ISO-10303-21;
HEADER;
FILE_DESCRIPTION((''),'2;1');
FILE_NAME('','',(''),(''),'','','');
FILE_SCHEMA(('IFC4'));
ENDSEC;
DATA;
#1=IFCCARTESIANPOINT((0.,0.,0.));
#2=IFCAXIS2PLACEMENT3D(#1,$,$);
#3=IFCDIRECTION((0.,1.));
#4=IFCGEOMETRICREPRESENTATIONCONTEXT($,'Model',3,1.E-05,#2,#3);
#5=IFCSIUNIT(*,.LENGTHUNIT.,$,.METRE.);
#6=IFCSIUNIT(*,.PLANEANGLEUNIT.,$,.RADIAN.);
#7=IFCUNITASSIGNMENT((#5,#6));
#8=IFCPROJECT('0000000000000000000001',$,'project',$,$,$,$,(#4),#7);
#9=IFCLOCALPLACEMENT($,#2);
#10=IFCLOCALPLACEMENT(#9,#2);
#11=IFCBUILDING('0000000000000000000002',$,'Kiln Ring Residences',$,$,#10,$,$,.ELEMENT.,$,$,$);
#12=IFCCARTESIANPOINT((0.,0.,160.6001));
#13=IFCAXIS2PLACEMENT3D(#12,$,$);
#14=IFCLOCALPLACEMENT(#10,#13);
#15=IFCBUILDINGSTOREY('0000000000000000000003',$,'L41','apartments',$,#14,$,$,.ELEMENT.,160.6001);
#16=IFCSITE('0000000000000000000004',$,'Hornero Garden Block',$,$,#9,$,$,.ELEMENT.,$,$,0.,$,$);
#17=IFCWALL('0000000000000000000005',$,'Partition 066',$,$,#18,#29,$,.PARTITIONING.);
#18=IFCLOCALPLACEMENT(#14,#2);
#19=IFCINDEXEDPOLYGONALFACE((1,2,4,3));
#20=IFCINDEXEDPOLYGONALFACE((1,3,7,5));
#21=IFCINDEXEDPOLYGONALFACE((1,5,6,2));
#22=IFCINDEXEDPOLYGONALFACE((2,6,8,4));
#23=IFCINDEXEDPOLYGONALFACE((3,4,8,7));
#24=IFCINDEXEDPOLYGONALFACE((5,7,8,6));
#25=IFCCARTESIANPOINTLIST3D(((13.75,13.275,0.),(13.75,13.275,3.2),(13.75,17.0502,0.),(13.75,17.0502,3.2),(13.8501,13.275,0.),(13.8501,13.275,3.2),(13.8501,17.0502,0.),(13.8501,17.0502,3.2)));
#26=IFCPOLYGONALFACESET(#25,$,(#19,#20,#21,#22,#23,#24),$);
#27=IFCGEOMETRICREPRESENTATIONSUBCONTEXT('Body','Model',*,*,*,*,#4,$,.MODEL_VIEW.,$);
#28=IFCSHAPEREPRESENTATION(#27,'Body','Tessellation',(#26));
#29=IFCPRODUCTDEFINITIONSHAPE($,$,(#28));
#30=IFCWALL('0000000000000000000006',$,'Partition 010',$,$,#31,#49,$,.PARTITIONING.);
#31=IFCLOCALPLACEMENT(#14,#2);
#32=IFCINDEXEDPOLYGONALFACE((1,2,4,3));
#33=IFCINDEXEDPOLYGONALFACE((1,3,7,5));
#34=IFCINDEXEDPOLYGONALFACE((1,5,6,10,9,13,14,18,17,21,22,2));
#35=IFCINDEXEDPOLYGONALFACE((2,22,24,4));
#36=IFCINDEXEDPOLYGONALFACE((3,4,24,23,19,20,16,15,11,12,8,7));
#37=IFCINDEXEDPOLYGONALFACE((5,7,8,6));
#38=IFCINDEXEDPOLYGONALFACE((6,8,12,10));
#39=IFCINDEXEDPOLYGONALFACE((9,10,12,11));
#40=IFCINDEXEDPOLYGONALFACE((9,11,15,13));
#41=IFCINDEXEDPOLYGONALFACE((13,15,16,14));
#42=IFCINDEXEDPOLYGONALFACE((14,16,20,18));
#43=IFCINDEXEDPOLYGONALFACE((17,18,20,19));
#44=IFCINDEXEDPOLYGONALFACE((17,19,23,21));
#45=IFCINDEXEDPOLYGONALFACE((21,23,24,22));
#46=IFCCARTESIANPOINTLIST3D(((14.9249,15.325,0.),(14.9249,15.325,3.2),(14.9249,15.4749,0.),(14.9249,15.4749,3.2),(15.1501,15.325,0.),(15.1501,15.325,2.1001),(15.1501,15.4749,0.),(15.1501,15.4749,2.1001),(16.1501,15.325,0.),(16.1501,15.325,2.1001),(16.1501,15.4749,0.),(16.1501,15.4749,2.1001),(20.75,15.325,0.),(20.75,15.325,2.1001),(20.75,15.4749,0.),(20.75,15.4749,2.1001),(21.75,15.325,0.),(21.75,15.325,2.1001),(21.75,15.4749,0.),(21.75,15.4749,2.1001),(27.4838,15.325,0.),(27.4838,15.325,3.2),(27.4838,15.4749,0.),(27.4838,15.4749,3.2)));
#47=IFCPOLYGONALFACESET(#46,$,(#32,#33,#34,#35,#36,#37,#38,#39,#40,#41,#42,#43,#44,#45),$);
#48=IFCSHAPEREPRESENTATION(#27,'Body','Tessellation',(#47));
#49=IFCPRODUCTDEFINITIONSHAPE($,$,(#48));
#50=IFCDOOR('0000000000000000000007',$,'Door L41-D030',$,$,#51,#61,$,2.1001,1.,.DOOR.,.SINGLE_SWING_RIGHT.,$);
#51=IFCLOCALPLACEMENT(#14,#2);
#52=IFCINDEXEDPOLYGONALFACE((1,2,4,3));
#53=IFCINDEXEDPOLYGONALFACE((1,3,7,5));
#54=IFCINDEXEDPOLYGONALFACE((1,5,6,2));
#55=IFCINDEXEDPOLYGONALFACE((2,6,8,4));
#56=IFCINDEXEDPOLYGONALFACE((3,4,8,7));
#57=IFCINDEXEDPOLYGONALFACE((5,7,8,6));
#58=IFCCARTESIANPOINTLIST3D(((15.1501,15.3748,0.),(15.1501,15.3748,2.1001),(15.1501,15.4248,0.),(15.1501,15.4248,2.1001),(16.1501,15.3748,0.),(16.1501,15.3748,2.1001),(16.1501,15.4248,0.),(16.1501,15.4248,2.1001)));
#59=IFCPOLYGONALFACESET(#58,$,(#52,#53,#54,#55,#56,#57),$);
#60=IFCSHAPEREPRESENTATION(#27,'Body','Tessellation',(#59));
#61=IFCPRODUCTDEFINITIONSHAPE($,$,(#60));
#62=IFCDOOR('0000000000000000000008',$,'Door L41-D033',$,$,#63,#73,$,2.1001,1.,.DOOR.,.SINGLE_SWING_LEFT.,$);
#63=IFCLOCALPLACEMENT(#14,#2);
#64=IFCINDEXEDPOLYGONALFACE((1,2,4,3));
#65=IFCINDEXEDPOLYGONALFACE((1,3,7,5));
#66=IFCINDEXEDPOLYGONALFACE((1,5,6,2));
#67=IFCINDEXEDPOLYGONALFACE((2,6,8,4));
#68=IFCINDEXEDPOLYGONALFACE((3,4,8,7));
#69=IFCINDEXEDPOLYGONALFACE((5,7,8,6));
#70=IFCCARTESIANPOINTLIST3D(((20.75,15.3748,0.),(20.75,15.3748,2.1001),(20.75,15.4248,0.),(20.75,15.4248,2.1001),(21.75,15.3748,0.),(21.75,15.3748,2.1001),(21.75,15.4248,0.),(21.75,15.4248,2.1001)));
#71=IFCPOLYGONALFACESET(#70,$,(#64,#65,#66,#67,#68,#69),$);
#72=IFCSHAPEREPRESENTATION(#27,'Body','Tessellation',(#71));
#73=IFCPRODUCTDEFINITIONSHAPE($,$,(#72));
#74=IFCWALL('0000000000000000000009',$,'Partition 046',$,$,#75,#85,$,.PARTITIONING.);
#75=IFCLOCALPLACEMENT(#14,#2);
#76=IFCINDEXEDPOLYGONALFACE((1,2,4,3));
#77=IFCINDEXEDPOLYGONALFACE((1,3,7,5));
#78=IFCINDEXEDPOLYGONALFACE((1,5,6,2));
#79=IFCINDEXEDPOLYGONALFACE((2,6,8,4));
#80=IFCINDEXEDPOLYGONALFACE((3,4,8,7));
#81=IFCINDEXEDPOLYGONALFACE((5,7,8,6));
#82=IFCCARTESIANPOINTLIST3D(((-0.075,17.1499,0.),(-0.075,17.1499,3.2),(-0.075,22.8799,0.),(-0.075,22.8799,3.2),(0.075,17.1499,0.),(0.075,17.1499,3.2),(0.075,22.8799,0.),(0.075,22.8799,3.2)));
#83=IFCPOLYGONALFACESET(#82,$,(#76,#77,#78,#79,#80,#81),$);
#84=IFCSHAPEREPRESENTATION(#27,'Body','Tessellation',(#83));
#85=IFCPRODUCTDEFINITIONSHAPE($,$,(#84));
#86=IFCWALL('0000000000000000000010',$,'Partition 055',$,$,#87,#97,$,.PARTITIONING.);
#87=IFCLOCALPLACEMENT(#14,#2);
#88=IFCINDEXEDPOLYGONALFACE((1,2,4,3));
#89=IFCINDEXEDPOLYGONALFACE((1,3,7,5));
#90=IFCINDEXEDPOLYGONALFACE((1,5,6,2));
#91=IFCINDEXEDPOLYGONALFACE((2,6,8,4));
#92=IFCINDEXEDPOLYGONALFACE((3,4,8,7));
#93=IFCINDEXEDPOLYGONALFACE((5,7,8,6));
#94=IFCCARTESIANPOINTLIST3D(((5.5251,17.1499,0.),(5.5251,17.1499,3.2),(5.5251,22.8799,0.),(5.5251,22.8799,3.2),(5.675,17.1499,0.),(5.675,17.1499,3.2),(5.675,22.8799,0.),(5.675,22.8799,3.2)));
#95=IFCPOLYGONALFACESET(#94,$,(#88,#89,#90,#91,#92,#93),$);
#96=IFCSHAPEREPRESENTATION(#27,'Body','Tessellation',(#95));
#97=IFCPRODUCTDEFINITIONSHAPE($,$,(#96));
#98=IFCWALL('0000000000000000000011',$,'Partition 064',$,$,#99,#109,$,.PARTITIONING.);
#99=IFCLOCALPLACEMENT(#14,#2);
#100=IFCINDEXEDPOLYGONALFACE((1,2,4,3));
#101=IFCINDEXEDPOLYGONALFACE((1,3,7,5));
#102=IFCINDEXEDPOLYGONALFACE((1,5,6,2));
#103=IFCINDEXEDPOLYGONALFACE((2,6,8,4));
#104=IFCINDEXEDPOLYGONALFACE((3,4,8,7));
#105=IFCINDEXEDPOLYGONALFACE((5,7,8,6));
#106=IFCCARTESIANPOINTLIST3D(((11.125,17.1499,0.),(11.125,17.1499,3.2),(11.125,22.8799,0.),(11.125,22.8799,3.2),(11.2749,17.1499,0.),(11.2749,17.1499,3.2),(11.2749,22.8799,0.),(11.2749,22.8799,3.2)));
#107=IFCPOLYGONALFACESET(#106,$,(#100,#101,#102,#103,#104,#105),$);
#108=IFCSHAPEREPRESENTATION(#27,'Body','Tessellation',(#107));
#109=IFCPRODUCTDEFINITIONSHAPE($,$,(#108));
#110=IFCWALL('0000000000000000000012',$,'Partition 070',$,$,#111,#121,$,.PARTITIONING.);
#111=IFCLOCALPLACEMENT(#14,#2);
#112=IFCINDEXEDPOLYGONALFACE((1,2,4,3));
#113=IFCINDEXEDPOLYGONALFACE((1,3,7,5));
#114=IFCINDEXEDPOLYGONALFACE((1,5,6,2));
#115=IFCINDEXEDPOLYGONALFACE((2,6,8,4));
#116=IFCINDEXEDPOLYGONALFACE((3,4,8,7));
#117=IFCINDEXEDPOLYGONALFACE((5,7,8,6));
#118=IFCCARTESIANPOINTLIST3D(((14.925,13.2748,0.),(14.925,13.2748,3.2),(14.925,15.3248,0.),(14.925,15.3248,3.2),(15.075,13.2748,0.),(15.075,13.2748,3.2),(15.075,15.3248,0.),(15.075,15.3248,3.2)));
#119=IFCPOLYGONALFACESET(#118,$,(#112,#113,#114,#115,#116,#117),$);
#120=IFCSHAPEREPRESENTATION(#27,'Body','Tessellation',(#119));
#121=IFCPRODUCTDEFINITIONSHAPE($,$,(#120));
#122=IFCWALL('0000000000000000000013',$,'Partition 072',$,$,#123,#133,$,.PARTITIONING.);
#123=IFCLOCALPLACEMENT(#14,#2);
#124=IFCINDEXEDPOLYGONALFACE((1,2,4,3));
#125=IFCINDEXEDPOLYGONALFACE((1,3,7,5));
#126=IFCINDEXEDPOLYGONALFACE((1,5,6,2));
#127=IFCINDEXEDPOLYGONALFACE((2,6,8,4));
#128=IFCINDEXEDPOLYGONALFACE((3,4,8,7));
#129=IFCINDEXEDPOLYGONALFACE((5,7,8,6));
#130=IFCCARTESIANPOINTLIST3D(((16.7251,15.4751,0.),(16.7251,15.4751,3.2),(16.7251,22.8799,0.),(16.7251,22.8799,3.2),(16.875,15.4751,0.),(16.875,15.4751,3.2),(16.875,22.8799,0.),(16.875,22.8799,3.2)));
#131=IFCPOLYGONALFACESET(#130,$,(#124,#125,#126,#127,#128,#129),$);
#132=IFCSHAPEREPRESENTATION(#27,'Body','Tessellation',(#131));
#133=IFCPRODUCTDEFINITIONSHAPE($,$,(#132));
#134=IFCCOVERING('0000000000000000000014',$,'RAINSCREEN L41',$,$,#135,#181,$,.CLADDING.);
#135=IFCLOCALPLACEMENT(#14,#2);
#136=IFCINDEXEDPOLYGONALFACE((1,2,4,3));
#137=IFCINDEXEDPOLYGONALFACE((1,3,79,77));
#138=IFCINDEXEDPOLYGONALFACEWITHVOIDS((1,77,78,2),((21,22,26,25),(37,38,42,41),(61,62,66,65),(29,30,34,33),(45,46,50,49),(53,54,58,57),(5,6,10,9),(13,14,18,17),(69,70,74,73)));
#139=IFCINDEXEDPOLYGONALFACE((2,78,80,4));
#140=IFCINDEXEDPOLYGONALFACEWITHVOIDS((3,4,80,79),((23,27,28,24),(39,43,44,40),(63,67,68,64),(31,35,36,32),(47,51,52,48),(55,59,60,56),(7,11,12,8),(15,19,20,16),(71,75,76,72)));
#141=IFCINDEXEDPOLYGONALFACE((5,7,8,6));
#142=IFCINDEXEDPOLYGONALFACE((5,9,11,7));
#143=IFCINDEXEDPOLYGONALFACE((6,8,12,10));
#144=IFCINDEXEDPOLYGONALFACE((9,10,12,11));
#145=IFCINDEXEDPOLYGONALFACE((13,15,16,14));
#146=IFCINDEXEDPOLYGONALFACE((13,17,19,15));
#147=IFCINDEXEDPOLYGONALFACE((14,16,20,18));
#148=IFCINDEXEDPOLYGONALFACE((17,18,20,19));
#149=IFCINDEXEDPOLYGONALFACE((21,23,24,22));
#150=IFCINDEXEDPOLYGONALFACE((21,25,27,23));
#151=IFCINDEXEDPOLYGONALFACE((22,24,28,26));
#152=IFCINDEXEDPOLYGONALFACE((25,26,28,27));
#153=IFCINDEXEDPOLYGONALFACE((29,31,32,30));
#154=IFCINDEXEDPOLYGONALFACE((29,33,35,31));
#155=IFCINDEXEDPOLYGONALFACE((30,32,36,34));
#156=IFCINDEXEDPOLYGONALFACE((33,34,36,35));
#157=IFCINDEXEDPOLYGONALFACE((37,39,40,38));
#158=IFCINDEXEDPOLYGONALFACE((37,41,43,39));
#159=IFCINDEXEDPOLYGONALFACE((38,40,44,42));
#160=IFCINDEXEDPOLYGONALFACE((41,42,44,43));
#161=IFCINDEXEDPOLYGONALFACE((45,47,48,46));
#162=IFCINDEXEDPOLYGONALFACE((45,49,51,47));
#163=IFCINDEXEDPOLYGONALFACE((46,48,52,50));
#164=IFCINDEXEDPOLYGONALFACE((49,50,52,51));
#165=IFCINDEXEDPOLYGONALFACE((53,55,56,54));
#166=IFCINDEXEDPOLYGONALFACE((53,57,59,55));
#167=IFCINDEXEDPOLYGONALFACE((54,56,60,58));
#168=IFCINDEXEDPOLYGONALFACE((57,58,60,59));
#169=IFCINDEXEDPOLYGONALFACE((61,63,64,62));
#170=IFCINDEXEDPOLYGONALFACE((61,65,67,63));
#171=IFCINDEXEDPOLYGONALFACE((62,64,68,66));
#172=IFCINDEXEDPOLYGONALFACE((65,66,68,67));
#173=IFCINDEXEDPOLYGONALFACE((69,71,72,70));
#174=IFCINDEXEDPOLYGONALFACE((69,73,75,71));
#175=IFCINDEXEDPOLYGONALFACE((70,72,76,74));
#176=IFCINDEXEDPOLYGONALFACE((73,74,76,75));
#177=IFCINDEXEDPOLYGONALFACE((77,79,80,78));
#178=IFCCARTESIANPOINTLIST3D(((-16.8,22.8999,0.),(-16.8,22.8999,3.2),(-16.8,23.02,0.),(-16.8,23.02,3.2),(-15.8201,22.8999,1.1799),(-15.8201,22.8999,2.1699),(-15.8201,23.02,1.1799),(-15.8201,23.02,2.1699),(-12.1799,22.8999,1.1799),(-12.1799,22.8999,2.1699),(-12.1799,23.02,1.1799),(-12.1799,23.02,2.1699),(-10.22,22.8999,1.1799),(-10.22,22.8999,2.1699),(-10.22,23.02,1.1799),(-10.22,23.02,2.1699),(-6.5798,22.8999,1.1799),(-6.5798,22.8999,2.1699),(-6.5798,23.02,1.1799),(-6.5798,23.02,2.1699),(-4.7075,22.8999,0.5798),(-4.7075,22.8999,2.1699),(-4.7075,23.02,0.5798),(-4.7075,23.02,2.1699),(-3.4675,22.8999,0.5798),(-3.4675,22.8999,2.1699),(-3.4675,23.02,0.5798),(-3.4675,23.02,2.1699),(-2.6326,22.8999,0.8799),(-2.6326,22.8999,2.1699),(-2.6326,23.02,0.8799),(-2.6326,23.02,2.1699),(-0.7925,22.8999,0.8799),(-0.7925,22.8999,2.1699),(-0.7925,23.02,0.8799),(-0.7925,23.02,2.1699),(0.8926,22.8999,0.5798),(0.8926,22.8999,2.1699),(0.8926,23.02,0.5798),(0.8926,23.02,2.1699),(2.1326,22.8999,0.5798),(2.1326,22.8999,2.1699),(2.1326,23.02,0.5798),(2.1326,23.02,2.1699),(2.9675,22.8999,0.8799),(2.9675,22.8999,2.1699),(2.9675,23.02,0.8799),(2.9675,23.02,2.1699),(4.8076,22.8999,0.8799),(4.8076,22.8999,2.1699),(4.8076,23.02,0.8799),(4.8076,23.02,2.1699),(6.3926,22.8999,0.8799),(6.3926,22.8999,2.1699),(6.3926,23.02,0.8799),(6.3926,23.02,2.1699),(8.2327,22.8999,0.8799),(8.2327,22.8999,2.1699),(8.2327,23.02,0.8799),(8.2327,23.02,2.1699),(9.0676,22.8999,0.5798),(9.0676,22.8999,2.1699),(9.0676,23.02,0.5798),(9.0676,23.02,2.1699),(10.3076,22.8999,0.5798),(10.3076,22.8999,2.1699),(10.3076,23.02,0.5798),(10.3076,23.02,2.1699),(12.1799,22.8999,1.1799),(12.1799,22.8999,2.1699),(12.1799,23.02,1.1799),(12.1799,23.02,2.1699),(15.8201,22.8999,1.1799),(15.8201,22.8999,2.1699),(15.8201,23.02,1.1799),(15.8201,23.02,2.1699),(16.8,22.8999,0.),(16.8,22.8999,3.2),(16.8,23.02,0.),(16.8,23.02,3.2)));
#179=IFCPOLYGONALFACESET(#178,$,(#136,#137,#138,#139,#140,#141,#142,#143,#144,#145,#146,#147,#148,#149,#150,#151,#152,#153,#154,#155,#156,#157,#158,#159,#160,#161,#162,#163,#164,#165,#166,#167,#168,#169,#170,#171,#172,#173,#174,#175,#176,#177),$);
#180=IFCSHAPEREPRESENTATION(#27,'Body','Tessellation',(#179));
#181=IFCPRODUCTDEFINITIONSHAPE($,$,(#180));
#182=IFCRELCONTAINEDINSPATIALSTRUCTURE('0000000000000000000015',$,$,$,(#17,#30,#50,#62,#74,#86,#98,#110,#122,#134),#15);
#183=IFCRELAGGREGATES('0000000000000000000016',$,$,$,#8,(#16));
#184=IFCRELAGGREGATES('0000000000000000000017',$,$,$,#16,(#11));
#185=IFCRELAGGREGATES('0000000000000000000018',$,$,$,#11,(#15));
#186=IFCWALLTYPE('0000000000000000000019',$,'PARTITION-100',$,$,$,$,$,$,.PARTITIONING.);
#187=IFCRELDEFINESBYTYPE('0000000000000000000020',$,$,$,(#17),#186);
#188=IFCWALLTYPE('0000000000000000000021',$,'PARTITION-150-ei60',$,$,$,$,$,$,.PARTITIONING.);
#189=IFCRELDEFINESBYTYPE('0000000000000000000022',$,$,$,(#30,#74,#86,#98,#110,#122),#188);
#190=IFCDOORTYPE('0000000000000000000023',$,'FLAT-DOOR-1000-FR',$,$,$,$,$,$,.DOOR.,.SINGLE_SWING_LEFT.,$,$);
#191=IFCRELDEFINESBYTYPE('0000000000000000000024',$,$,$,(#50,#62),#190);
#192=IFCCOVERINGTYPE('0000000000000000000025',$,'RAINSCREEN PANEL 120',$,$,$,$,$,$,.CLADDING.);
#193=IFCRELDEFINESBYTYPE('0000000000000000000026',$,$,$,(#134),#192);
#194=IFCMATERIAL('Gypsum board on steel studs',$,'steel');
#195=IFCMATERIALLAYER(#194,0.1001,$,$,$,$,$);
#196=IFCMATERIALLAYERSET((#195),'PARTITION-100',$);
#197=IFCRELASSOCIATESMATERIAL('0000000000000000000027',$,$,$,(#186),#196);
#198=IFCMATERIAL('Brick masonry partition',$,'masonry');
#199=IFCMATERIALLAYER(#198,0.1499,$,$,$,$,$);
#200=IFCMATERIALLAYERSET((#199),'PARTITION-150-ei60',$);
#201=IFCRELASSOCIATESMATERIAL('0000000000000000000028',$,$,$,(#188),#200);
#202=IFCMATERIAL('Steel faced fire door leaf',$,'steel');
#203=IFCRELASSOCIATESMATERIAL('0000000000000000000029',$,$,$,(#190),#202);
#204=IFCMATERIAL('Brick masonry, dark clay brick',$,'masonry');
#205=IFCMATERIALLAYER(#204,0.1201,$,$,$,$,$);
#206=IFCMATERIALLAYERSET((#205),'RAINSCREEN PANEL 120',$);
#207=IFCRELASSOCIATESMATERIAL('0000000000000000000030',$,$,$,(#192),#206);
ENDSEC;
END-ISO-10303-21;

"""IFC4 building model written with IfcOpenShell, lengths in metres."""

from ifc_helpers import new_model, si_unit, direction, frame, frame_2d, origin, place, context, subcontext, project, spatial, polyline, rectangle, outline, extrude, material, layer, layer_set, type_object, element, fill, save


model = new_model("IFC4")

# Units and contexts
model_context = context("Model", 3, precision=1e-05, world=origin(), true_north=direction((0.0, 1.0)))
body_context = subcontext(model_context, "Body", "Model", "MODEL_VIEW")
ifc_project = project(units=[si_unit("LENGTHUNIT", "METRE"), si_unit("PLANEANGLEUNIT", "RADIAN")], contexts=[model_context])

# Site, building, storey
site_placement = place(None, origin())
site = spatial("IfcSite", under=ifc_project, at=site_placement, Name="Hornero Garden Block", CompositionType="ELEMENT", RefElevation=0.0)
building_placement = place(site_placement, origin())
building = spatial("IfcBuilding", under=site, at=building_placement, Name="Kiln Ring Residences", CompositionType="ELEMENT")
storey_placement = place(building_placement, frame((0.0, 0.0, 160.6001)))
storey = spatial("IfcBuildingStorey", under=building, at=storey_placement, Name="L41", Description="apartments", CompositionType="ELEMENT", Elevation=160.6001)

# Shared definitions
ifc_material_1 = material(Name="Gypsum board on steel studs", Category="steel")
ifc_layer_1 = layer(ifc_material_1, 0.1001)
ifc_layer_set_1 = layer_set([ifc_layer_1], Name="PARTITION-100")
wall_type_1 = type_object("IfcWallType", Name="PARTITION-100", PredefinedType="PARTITIONING", material=ifc_layer_set_1)

# Wall
wall_1_placement = place(storey_placement, frame((13.8, 13.2749, 0.0), z_axis=(0.0, 0.0, 1.0), x_axis=(0.0, 1.0, 0.0)))
element("IfcWall", 1, at=wall_1_placement, inside=storey, type_object=wall_type_1, Name="Partition 066", PredefinedType="PARTITIONING", context=body_context, shape_type="SweptSolid", body=[
    extrude(rectangle(XDim=3.7751, YDim=0.1001, at=frame_2d((1.8877, 0.0))), origin(), (0.0, 0.0, 1.0), 3.2),
])

# Wall, openings, doors
ifc_material_2 = material(Name="Brick masonry partition", Category="masonry")
ifc_layer_2 = layer(ifc_material_2, 0.1499)
ifc_layer_set_2 = layer_set([ifc_layer_2], Name="PARTITION-150-ei60")
wall_type_2 = type_object("IfcWallType", Name="PARTITION-150-ei60", PredefinedType="PARTITIONING", material=ifc_layer_set_2)
wall_2_placement = place(storey_placement, frame((14.925, 15.3999, 0.0), z_axis=(0.0, 0.0, 1.0), x_axis=(1.0, 0.0, 0.0)))
wall_2 = element("IfcWall", 2, at=wall_2_placement, inside=storey, type_object=wall_type_2, Name="Partition 010", PredefinedType="PARTITIONING", context=body_context, shape_type="SweptSolid", body=[
    extrude(rectangle(XDim=12.5588, YDim=0.1499, at=frame_2d((6.2793, 0.0))), origin(), (0.0, 0.0, 1.0), 3.2),
])
opening_1_placement = place(wall_2_placement, frame((0.2251, 0.0, 0.0)))
opening_1 = element("IfcOpeningElement", 3, at=opening_1_placement, cuts=wall_2, PredefinedType="OPENING", context=body_context, shape_type="SweptSolid", body=[
    extrude(rectangle(XDim=1.0, YDim=2.1001, at=frame_2d((0.5, 1.05))), frame((0.0, 0.085, 0.0), z_axis=(0.0, -1.0, 0.0), x_axis=(1.0, 0.0, 0.0)), (0.0, 0.0, 1.0), 0.1699),
])
opening_2_placement = place(wall_2_placement, frame((5.825, 0.0, 0.0)))
opening_2 = element("IfcOpeningElement", 4, at=opening_2_placement, cuts=wall_2, PredefinedType="OPENING", context=body_context, shape_type="SweptSolid", body=[
    extrude(rectangle(XDim=1.0, YDim=2.1001, at=frame_2d((0.5, 1.05))), frame((0.0, 0.085, 0.0), z_axis=(0.0, -1.0, 0.0), x_axis=(1.0, 0.0, 0.0)), (0.0, 0.0, 1.0), 0.1699),
])
ifc_material_3 = material(Name="Steel faced fire door leaf", Category="steel")
door_type_1 = type_object("IfcDoorType", Name="FLAT-DOOR-1000-FR", OperationType="SINGLE_SWING_LEFT", PredefinedType="DOOR", material=ifc_material_3)
door_1_placement = place(opening_1_placement, origin())
door_1 = element("IfcDoor", 5, at=door_1_placement, inside=storey, type_object=door_type_1, Name="Door L41-D030", OperationType="SINGLE_SWING_RIGHT", OverallHeight=2.1001, OverallWidth=1.0, PredefinedType="DOOR", context=body_context, shape_type="SweptSolid", body=[
    extrude(rectangle(XDim=1.0, YDim=2.1001, at=frame_2d((0.5, 1.05))), frame((0.0, 0.0249, 0.0), z_axis=(0.0, -1.0, 0.0), x_axis=(1.0, 0.0, 0.0)), (0.0, 0.0, 1.0), 0.05),
])
fill(opening_1, door_1)
door_2_placement = place(opening_2_placement, origin())
door_2 = element("IfcDoor", 6, at=door_2_placement, inside=storey, type_object=door_type_1, Name="Door L41-D033", OperationType="SINGLE_SWING_LEFT", OverallHeight=2.1001, OverallWidth=1.0, PredefinedType="DOOR", context=body_context, shape_type="SweptSolid", body=[
    extrude(rectangle(XDim=1.0, YDim=2.1001, at=frame_2d((0.5, 1.05))), frame((0.0, 0.0249, 0.0), z_axis=(0.0, -1.0, 0.0), x_axis=(1.0, 0.0, 0.0)), (0.0, 0.0, 1.0), 0.05),
])
fill(opening_2, door_2)

# Walls
for number, where, z_axis, x_axis, name in (
    (7, (0.0, 17.1499, 0.0), (0.0, 0.0, 1.0), (0.0, 1.0, 0.0), "Partition 046"),
    (8, (5.6001, 17.1499, 0.0), (0.0, 0.0, 1.0), (0.0, 1.0, 0.0), "Partition 055"),
    (9, (11.2, 17.1499, 0.0), (0.0, 0.0, 1.0), (0.0, 1.0, 0.0), "Partition 064"),
):
    element("IfcWall", number, at=place(storey_placement, frame(where, z_axis=z_axis, x_axis=x_axis)), inside=storey, type_object=wall_type_2, Name=name, PredefinedType="PARTITIONING", context=body_context, shape_type="SweptSolid", body=[
        extrude(rectangle(XDim=5.73, YDim=0.1499, at=frame_2d((2.865, 0.0))), origin(), (0.0, 0.0, 1.0), 3.2),
    ])
wall_3_placement = place(storey_placement, frame((15.0, 13.2749, 0.0), z_axis=(0.0, 0.0, 1.0), x_axis=(0.0, 1.0, 0.0)))
element("IfcWall", 10, at=wall_3_placement, inside=storey, type_object=wall_type_2, Name="Partition 070", PredefinedType="PARTITIONING", context=body_context, shape_type="SweptSolid", body=[
    extrude(rectangle(XDim=2.05, YDim=0.1499, at=frame_2d((1.0249, 0.0))), origin(), (0.0, 0.0, 1.0), 3.2),
])
wall_4_placement = place(storey_placement, frame((16.8, 15.4751, 0.0), z_axis=(0.0, 0.0, 1.0), x_axis=(0.0, 1.0, 0.0)))
element("IfcWall", 11, at=wall_4_placement, inside=storey, type_object=wall_type_2, Name="Partition 072", PredefinedType="PARTITIONING", context=body_context, shape_type="SweptSolid", body=[
    extrude(rectangle(XDim=7.4048, YDim=0.1499, at=frame_2d((3.7024, 0.0))), origin(), (0.0, 0.0, 1.0), 3.2),
])

# Covering
ifc_material_4 = material(Name="Brick masonry, dark clay brick", Category="masonry")
ifc_layer_3 = layer(ifc_material_4, 0.1201)
ifc_layer_set_3 = layer_set([ifc_layer_3], Name="RAINSCREEN PANEL 120")
covering_type = type_object("IfcCoveringType", Name="RAINSCREEN PANEL 120", PredefinedType="CLADDING", material=ifc_layer_set_3)
covering_placement = place(storey_placement, frame((16.8, 22.96, 0.0), z_axis=(0.0, 0.0, 1.0), x_axis=(-1.0, 0.0, 0.0)))
element("IfcCovering", 12, at=covering_placement, inside=storey, type_object=covering_type, Name="RAINSCREEN L41", PredefinedType="CLADDING", context=body_context, shape_type="SweptSolid", body=[
    extrude(outline(polyline([(0.0, 0.0), (33.6001, 0.0), (33.6001, 3.2), (0.0, 3.2), (0.0, 0.0)]), holes=[polyline([(6.4924, 0.5798), (7.7324, 0.5798), (7.7324, 2.1699), (6.4924, 2.1699), (6.4924, 0.5798)]), polyline([(14.6675, 0.5798), (15.9075, 0.5798), (15.9075, 2.1699), (14.6675, 2.1699), (14.6675, 0.5798)]), polyline([(20.2676, 0.5798), (21.5076, 0.5798), (21.5076, 2.1699), (20.2676, 2.1699), (20.2676, 0.5798)]), polyline([(8.5674, 0.8799), (10.4075, 0.8799), (10.4075, 2.1699), (8.5674, 2.1699), (8.5674, 0.8799)]), polyline([(11.9924, 0.8799), (13.8325, 0.8799), (13.8325, 2.1699), (11.9924, 2.1699), (11.9924, 0.8799)]), polyline([(17.5925, 0.8799), (19.4326, 0.8799), (19.4326, 2.1699), (17.5925, 2.1699), (17.5925, 0.8799)]), polyline([(0.98, 1.1799), (4.6201, 1.1799), (4.6201, 2.1699), (0.98, 2.1699), (0.98, 1.1799)]), polyline([(23.3799, 2.1699), (23.3799, 1.1799), (27.02, 1.1799), (27.02, 2.1699), (23.3799, 2.1699)]), polyline([(28.98, 2.1699), (28.98, 1.1799), (32.6201, 1.1799), (32.6201, 2.1699), (28.98, 2.1699)])]), frame((0.0, 0.0601, 0.0), z_axis=(0.0, -1.0, 0.0), x_axis=(1.0, 0.0, 0.0)), (0.0, 0.0, 1.0), 0.1201),
])

save(model, "model.ifc")
